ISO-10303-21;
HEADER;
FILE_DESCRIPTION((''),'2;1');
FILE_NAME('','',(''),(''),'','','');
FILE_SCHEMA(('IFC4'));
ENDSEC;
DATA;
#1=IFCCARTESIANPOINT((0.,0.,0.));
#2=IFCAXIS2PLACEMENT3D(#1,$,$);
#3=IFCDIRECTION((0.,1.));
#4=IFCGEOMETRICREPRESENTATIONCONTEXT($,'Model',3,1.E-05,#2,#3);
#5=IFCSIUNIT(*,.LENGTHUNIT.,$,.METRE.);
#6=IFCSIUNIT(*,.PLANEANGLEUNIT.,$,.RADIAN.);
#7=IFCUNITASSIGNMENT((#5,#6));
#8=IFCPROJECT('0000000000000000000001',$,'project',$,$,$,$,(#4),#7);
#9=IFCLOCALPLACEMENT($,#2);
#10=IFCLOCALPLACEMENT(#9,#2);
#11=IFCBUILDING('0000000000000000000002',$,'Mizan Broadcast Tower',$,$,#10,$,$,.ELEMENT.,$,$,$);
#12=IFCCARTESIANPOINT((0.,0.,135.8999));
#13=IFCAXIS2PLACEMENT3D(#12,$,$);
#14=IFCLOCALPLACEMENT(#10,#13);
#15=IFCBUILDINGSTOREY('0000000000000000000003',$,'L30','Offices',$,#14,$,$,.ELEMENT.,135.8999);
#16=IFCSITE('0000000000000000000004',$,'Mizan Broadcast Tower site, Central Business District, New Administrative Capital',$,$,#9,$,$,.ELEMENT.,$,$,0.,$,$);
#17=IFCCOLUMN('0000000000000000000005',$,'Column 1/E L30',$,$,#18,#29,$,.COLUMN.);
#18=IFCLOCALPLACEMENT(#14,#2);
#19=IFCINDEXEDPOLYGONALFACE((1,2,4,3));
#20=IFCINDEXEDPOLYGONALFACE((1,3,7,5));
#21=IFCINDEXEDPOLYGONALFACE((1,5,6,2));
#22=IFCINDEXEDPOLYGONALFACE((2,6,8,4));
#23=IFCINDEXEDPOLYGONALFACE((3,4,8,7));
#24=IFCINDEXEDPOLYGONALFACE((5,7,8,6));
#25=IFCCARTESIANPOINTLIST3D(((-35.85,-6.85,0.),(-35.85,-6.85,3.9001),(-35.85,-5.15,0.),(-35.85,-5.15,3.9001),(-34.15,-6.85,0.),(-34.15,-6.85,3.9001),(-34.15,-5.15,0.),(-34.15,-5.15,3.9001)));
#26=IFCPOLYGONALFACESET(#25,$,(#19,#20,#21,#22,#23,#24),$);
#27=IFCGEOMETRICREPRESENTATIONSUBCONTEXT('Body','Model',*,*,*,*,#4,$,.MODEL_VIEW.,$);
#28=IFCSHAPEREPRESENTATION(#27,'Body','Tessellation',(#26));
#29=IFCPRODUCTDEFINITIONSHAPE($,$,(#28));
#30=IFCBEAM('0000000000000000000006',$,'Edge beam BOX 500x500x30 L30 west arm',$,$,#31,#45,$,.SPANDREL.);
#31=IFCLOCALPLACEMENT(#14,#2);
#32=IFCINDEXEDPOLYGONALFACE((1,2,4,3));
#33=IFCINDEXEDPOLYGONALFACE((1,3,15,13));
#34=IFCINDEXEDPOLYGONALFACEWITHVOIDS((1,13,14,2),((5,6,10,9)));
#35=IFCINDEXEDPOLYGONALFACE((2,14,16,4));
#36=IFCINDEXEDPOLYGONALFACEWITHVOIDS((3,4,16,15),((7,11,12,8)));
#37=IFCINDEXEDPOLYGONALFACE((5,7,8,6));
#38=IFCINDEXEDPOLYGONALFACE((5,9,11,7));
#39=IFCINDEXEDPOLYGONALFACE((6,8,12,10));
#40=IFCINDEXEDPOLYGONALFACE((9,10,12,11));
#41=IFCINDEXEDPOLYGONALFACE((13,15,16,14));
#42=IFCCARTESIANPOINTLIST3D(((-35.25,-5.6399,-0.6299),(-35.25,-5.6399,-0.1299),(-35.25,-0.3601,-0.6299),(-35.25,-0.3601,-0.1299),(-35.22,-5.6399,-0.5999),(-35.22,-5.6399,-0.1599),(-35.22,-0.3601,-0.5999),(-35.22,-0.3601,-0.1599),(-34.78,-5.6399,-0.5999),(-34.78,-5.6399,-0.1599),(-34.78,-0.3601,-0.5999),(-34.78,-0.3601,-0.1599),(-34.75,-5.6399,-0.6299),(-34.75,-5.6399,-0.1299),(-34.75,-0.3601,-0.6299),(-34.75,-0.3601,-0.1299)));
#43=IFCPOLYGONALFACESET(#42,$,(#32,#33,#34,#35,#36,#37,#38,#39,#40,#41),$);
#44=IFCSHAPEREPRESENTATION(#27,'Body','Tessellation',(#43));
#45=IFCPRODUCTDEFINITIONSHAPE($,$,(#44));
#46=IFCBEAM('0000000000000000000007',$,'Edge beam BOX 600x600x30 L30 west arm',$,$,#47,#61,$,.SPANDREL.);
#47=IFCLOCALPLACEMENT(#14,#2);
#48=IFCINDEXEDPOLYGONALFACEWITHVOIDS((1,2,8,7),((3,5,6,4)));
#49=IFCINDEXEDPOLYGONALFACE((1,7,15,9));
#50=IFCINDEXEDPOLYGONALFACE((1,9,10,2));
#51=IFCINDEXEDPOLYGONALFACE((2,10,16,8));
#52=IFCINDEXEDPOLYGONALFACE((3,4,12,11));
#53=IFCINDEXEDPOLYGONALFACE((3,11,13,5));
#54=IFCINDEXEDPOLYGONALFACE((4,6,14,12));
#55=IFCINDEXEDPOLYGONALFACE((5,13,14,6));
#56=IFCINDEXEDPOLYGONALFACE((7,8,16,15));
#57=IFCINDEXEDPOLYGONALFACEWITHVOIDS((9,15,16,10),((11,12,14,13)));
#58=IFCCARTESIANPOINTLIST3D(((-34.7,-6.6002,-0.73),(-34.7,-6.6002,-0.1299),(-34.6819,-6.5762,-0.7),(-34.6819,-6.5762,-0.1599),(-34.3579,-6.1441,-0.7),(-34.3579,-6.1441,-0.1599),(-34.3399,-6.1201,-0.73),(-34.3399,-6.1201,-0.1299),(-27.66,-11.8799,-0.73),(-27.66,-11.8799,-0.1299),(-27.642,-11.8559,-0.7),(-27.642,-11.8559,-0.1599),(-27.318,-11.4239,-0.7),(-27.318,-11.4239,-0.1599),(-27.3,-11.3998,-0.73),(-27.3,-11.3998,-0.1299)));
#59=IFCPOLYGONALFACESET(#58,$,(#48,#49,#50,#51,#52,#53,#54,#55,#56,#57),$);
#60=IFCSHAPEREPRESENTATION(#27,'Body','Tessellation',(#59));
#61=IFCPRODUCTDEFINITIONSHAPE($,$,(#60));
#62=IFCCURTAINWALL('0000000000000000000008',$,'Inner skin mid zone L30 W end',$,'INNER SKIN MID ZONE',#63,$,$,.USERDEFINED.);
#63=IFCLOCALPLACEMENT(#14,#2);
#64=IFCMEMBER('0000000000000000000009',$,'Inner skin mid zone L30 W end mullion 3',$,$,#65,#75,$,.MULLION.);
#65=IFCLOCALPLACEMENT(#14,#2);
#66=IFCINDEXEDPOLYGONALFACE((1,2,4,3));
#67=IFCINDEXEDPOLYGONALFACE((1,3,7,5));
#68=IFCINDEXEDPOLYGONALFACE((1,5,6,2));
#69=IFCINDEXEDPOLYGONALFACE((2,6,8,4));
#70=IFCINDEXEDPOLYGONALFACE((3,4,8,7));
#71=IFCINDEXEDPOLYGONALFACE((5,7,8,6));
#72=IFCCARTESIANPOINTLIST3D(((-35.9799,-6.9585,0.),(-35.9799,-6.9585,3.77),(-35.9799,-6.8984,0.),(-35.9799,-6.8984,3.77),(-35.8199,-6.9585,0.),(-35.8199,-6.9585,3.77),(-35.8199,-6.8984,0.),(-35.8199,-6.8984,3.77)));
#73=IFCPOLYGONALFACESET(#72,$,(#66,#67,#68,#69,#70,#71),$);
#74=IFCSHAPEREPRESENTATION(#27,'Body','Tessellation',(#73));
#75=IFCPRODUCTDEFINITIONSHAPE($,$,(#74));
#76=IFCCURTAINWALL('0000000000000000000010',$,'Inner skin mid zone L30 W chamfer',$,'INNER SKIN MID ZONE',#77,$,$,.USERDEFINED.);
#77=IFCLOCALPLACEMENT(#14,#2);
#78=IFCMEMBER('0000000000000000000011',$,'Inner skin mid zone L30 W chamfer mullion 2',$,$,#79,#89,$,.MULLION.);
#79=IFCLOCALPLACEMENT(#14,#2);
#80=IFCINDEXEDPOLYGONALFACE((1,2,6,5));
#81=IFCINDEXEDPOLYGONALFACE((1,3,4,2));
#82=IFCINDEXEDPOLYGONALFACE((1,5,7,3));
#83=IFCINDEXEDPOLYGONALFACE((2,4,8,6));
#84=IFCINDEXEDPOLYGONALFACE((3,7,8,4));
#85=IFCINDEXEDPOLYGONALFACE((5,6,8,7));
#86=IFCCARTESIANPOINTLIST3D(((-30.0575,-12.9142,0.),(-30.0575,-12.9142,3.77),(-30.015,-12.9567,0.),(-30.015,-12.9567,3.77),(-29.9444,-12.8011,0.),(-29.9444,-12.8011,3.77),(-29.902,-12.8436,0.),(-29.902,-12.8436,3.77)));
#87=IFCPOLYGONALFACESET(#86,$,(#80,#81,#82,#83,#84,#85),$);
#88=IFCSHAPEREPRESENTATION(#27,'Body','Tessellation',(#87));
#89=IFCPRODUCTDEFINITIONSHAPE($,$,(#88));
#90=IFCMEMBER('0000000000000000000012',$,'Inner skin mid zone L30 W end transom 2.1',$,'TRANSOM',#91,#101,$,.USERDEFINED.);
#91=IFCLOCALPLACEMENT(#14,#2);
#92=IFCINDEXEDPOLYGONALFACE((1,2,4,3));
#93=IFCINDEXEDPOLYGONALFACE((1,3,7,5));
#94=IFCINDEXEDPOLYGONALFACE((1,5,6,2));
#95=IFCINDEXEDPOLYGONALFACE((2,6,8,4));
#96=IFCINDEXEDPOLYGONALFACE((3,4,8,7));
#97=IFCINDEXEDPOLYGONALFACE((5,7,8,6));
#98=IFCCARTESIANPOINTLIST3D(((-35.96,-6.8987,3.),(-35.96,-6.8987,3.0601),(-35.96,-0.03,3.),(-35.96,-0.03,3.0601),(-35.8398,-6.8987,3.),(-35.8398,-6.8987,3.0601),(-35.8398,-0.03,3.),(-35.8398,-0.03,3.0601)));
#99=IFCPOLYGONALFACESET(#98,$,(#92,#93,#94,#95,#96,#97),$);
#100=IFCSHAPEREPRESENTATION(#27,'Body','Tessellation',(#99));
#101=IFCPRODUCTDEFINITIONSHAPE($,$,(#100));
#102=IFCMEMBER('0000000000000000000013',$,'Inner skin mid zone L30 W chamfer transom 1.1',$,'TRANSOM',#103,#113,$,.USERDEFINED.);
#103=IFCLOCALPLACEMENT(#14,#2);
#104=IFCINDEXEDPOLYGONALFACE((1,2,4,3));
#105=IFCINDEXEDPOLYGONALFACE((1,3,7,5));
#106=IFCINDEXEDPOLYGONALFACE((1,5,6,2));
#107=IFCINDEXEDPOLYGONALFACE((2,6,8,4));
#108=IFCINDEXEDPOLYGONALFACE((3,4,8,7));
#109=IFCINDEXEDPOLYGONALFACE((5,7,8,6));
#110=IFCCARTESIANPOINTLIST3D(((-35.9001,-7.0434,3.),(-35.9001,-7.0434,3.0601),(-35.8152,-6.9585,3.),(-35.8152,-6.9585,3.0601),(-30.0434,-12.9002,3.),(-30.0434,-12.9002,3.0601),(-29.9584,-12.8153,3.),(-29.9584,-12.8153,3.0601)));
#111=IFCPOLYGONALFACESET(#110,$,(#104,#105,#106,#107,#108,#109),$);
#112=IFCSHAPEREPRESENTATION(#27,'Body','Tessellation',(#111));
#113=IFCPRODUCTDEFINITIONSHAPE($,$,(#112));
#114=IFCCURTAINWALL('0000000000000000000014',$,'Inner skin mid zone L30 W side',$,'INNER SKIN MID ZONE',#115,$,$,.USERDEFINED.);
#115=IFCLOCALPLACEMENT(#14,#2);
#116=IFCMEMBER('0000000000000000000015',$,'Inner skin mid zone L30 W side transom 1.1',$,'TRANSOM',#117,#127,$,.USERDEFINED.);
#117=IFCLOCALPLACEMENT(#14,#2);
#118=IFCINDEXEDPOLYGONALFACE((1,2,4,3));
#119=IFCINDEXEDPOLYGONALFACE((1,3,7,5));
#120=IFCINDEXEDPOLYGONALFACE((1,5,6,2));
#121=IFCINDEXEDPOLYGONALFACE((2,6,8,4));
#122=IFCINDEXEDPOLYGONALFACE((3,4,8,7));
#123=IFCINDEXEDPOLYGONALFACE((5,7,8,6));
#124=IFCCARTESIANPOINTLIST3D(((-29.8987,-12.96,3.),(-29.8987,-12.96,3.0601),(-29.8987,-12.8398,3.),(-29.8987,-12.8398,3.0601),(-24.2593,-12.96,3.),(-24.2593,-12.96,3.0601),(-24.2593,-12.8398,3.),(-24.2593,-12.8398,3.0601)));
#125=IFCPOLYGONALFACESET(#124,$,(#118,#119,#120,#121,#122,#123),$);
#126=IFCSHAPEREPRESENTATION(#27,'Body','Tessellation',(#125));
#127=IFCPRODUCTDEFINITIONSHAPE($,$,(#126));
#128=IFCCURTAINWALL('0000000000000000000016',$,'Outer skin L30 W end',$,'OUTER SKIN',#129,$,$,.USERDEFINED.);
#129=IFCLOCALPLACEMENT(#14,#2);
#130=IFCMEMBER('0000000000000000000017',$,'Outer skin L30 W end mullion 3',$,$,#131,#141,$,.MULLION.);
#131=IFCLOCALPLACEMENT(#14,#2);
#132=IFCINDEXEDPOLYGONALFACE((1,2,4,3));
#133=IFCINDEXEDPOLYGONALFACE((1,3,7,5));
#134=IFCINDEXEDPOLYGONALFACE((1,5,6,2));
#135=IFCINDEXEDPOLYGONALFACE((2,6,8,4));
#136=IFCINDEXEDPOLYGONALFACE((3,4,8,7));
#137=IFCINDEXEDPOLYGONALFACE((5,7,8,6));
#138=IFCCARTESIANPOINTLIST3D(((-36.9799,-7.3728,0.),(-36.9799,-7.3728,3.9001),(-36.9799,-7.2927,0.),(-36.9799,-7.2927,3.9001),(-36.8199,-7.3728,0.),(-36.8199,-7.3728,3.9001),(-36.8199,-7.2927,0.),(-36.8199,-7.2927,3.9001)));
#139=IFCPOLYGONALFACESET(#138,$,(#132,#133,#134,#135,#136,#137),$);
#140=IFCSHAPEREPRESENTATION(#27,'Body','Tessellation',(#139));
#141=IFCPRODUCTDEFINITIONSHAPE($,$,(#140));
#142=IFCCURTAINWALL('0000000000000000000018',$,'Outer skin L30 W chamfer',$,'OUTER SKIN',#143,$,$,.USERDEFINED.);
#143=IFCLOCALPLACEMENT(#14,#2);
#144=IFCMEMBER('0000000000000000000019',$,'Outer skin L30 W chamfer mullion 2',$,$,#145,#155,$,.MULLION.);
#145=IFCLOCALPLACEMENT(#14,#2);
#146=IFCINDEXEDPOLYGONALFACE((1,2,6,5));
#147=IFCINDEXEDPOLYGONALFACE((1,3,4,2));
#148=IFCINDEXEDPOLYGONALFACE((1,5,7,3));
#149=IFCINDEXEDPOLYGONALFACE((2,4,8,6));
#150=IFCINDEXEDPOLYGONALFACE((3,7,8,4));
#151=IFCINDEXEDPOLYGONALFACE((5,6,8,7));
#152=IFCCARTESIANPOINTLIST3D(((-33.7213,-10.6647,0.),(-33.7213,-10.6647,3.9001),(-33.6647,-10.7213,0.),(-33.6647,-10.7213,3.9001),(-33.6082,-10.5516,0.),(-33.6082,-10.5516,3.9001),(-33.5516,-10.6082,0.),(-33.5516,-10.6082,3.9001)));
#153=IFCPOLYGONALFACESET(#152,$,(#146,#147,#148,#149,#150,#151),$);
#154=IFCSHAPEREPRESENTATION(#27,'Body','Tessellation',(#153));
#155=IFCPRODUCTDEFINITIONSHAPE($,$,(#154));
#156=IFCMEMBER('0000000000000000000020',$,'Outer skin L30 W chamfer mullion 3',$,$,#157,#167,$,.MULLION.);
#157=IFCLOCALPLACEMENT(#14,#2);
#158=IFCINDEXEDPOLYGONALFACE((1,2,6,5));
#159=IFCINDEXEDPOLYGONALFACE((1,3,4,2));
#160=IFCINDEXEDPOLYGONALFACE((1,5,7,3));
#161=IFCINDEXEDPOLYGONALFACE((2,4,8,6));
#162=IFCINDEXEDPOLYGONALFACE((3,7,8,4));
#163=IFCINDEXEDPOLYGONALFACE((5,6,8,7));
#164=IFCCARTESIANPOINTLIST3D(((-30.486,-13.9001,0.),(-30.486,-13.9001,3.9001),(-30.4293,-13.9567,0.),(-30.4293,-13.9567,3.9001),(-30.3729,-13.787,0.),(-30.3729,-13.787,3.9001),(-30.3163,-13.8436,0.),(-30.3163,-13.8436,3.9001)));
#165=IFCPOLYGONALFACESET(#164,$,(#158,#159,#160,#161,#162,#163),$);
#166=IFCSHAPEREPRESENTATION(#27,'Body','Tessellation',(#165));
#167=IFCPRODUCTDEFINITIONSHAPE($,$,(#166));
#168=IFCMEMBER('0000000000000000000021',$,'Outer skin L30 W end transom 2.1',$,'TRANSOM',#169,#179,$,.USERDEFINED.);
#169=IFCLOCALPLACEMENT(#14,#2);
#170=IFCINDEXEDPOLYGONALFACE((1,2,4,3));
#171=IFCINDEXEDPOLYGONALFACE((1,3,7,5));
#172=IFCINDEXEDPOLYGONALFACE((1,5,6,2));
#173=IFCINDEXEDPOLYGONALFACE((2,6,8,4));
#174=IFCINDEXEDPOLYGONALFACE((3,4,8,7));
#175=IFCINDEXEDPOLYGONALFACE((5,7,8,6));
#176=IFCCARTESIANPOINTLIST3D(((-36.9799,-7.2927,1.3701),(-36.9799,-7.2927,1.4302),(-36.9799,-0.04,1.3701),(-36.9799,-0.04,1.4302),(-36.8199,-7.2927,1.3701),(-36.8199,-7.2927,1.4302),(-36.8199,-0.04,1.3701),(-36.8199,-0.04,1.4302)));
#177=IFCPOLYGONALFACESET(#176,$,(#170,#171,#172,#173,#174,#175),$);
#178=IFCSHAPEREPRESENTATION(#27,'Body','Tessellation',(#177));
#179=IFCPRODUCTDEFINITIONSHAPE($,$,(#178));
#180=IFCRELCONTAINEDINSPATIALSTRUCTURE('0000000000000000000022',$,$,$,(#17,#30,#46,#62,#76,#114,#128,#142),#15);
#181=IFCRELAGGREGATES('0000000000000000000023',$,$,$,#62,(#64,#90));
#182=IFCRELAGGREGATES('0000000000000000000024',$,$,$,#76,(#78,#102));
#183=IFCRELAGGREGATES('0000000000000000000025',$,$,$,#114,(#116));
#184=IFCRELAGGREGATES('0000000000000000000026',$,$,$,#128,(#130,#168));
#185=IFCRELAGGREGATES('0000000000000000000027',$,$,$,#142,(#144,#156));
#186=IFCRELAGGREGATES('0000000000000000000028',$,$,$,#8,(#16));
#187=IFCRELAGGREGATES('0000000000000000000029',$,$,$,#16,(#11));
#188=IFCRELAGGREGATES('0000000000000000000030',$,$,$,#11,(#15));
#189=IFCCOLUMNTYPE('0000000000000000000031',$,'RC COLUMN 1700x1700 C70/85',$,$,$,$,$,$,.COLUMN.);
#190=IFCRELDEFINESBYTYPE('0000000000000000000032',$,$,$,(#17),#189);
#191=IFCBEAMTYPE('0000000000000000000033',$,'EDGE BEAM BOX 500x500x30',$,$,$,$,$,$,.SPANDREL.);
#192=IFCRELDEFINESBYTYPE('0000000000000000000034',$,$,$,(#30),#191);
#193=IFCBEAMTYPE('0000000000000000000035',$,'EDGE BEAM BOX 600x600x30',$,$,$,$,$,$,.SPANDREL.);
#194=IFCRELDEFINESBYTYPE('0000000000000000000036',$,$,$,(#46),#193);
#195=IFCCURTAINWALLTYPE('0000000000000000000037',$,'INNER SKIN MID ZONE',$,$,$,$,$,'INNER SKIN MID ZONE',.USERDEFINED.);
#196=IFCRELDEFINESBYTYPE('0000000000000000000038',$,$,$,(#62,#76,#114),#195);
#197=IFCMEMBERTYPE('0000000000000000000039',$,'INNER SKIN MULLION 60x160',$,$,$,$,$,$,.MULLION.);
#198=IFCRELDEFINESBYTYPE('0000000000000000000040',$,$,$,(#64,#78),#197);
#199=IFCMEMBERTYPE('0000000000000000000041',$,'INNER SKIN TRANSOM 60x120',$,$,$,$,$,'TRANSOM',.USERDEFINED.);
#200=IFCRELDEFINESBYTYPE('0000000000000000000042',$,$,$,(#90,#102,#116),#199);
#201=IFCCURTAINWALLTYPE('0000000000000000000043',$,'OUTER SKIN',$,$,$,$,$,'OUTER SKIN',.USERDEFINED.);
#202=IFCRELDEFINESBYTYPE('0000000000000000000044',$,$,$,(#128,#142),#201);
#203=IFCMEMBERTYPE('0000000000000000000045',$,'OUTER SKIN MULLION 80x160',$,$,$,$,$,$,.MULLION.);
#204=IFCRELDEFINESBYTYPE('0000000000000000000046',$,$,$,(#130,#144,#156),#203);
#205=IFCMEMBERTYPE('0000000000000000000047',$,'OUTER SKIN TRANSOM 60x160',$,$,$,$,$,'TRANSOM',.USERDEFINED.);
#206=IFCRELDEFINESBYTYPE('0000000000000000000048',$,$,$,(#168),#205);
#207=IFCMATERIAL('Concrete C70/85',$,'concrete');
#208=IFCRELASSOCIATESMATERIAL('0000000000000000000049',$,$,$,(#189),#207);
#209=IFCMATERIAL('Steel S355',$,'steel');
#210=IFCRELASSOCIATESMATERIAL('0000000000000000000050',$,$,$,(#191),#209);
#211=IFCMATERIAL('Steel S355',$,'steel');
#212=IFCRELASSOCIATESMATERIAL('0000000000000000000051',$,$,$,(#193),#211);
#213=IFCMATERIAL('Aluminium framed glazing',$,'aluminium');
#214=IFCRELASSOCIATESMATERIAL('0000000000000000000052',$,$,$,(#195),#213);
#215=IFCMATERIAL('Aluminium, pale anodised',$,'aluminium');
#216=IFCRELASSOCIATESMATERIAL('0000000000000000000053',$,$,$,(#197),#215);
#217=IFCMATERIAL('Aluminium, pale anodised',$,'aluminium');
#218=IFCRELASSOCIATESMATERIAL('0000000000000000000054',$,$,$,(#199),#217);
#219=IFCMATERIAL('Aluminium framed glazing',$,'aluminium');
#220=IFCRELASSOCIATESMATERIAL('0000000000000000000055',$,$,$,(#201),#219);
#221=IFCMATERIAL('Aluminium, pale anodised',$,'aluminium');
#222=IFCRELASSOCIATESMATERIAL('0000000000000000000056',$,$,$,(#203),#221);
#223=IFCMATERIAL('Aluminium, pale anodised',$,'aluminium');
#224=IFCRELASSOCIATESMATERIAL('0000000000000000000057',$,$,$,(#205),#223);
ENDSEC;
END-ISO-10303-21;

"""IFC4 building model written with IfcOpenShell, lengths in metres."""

from ifc_helpers import new_model, si_unit, direction, frame, origin, origin_2d, place, context, subcontext, project, spatial, rectangle, hollow_rectangle, extrude, material, material_profile, profile_set, type_object, element, aggregate, save


model = new_model("IFC4")

# Units and contexts
model_context = context("Model", 3, precision=1e-05, world=origin(), true_north=direction((0.0, 1.0)))
body_context = subcontext(model_context, "Body", "Model", "MODEL_VIEW")
ifc_project = project(units=[si_unit("LENGTHUNIT", "METRE"), si_unit("PLANEANGLEUNIT", "RADIAN")], contexts=[model_context])

# Site, building, storey
site_placement = place(None, origin())
site = spatial("IfcSite", under=ifc_project, at=site_placement, Name="Mizan Broadcast Tower site, Central Business District, New Administrative Capital", CompositionType="ELEMENT", RefElevation=0.0)
building_placement = place(site_placement, origin())
building = spatial("IfcBuilding", under=site, at=building_placement, Name="Mizan Broadcast Tower", CompositionType="ELEMENT")
storey_placement = place(building_placement, frame((0.0, 0.0, 135.8999)))
storey = spatial("IfcBuildingStorey", under=building, at=storey_placement, Name="L30", Description="Offices", CompositionType="ELEMENT", Elevation=135.8999)

# Column
ifc_material_1 = material(Name="Concrete C70/85", Category="concrete")
ifc_material_profile_1 = material_profile(ifc_material_1, rectangle(XDim=1.7, YDim=1.7, at=origin_2d()), Name="RC 1700x1700")
ifc_profile_set_1 = profile_set([ifc_material_profile_1], Name="Concrete C70/85")
column_type = type_object("IfcColumnType", Name="RC COLUMN 1700x1700 C70/85", PredefinedType="COLUMN", material=ifc_profile_set_1)
column_placement = place(storey_placement, frame((-35.0, -6.0, 0.0), z_axis=(0.0, 0.0, 1.0), x_axis=(1.0, 0.0, 0.0)))
element("IfcColumn", 1, at=column_placement, inside=storey, type_object=column_type, Name="Column 1/E L30", PredefinedType="COLUMN", context=body_context, shape_type="SweptSolid", body=[
    extrude(rectangle(XDim=1.7, YDim=1.7, at=origin_2d()), origin(), (0.0, 0.0, 1.0), 3.9001),
])

# Beams
ifc_material_2 = material(Name="Steel S355", Category="steel")
ifc_material_profile_2 = material_profile(ifc_material_2, hollow_rectangle(XDim=0.5, YDim=0.5, WallThickness=0.03, at=origin_2d()), Name="BOX 500x500x30")
ifc_profile_set_2 = profile_set([ifc_material_profile_2], Name="Steel S355")
beam_type_1 = type_object("IfcBeamType", Name="EDGE BEAM BOX 500x500x30", PredefinedType="SPANDREL", material=ifc_profile_set_2)
beam_1_placement = place(storey_placement, frame((-35.0, -5.6399, -0.3799), z_axis=(0.0, 1.0, 0.0), x_axis=(-1.0, 0.0, 0.0)))
element("IfcBeam", 2, at=beam_1_placement, inside=storey, type_object=beam_type_1, Name="Edge beam BOX 500x500x30 L30 west arm", PredefinedType="SPANDREL", context=body_context, shape_type="SweptSolid", body=[
    extrude(hollow_rectangle(XDim=0.5, YDim=0.5, WallThickness=0.03, at=origin_2d()), origin(), (0.0, 0.0, 1.0), 5.2798),
])
ifc_material_3 = material(Name="Steel S355", Category="steel")
ifc_material_profile_3 = material_profile(ifc_material_3, hollow_rectangle(XDim=0.6001, YDim=0.6001, WallThickness=0.03, at=origin_2d()), Name="BOX 600x600x30")
ifc_profile_set_3 = profile_set([ifc_material_profile_3], Name="Steel S355")
beam_type_2 = type_object("IfcBeamType", Name="EDGE BEAM BOX 600x600x30", PredefinedType="SPANDREL", material=ifc_profile_set_3)
beam_2_placement = place(storey_placement, frame((-27.48, -11.6399, -0.4299), z_axis=(-0.800013, 0.599982, 0.0), x_axis=(-0.599982, -0.800013, 0.0)))
element("IfcBeam", 3, at=beam_2_placement, inside=storey, type_object=beam_type_2, Name="Edge beam BOX 600x600x30 L30 west arm", PredefinedType="SPANDREL", context=body_context, shape_type="SweptSolid", body=[
    extrude(hollow_rectangle(XDim=0.6001, YDim=0.6001, WallThickness=0.03, at=origin_2d()), origin(), (0.0, 0.0, 1.0), 8.7998),
])

# Curtain walls, members
ifc_material_4 = material(Name="Aluminium framed glazing", Category="aluminium")
curtain_wall_type_1 = type_object("IfcCurtainWallType", Name="INNER SKIN MID ZONE", ElementType="INNER SKIN MID ZONE", PredefinedType="USERDEFINED", material=ifc_material_4)
curtain_wall_1_placement = place(storey_placement, origin())
curtain_wall_1 = element("IfcCurtainWall", 4, at=curtain_wall_1_placement, inside=storey, type_object=curtain_wall_type_1, Name="Inner skin mid zone L30 W end", ObjectType="INNER SKIN MID ZONE", PredefinedType="USERDEFINED")
ifc_material_5 = material(Name="Aluminium, pale anodised", Category="aluminium")
ifc_material_profile_4 = material_profile(ifc_material_5, rectangle(XDim=0.1599, YDim=0.0601, at=origin_2d()), Name="MULLION 160x60")
ifc_profile_set_4 = profile_set([ifc_material_profile_4], Name="Aluminium, pale anodised")
member_type_1 = type_object("IfcMemberType", Name="INNER SKIN MULLION 60x160", PredefinedType="MULLION", material=ifc_profile_set_4)
member_1_placement = place(storey_placement, frame((-35.8999, -6.9285, 0.0), z_axis=(0.0, 0.0, 1.0), x_axis=(1.0, 0.0, 0.0)))
member_1 = element("IfcMember", 5, at=member_1_placement, type_object=member_type_1, Name="Inner skin mid zone L30 W end mullion 3", PredefinedType="MULLION", context=body_context, shape_type="SweptSolid", body=[
    extrude(rectangle(XDim=0.1599, YDim=0.0601, at=origin_2d()), origin(), (0.0, 0.0, 1.0), 3.77),
])
curtain_wall_2_placement = place(storey_placement, origin())
curtain_wall_2 = element("IfcCurtainWall", 6, at=curtain_wall_2_placement, inside=storey, type_object=curtain_wall_type_1, Name="Inner skin mid zone L30 W chamfer", ObjectType="INNER SKIN MID ZONE", PredefinedType="USERDEFINED")
member_2_placement = place(storey_placement, frame((-29.9797, -12.8789, 0.0), z_axis=(0.0, 0.0, 1.0), x_axis=(0.707107, 0.707107, 0.0)))
member_2 = element("IfcMember", 7, at=member_2_placement, type_object=member_type_1, Name="Inner skin mid zone L30 W chamfer mullion 2", PredefinedType="MULLION", context=body_context, shape_type="SweptSolid", body=[
    extrude(rectangle(XDim=0.1599, YDim=0.0601, at=origin_2d()), origin(), (0.0, 0.0, 1.0), 3.77),
])

# Members
ifc_material_6 = material(Name="Aluminium, pale anodised", Category="aluminium")
ifc_material_profile_5 = material_profile(ifc_material_6, rectangle(XDim=0.1201, YDim=0.0601, at=origin_2d()), Name="TRANSOM 120x60")
ifc_profile_set_5 = profile_set([ifc_material_profile_5], Name="Aluminium, pale anodised")
member_type_2 = type_object("IfcMemberType", Name="INNER SKIN TRANSOM 60x120", ElementType="TRANSOM", PredefinedType="USERDEFINED", material=ifc_profile_set_5)
member_3_placement = place(storey_placement, frame((-35.8999, -0.03, 3.03), z_axis=(0.0, -1.0, 0.0), x_axis=(1.0, 0.0, 0.0)))
member_3 = element("IfcMember", 8, at=member_3_placement, type_object=member_type_2, Name="Inner skin mid zone L30 W end transom 2.1", ObjectType="TRANSOM", PredefinedType="USERDEFINED", context=body_context, shape_type="SweptSolid", body=[
    extrude(rectangle(XDim=0.1201, YDim=0.0601, at=origin_2d()), origin(), (0.0, 0.0, 1.0), 6.8687),
])
member_4_placement = place(storey_placement, frame((-35.8577, -7.001, 3.03), z_axis=(0.707107, -0.707107, 0.0), x_axis=(0.707107, 0.707107, 0.0)))
member_4 = element("IfcMember", 9, at=member_4_placement, type_object=member_type_2, Name="Inner skin mid zone L30 W chamfer transom 1.1", ObjectType="TRANSOM", PredefinedType="USERDEFINED", context=body_context, shape_type="SweptSolid", body=[
    extrude(rectangle(XDim=0.1201, YDim=0.0601, at=origin_2d()), origin(), (0.0, 0.0, 1.0), 8.2827),
])

# Curtain walls, members
curtain_wall_3_placement = place(storey_placement, origin())
curtain_wall_3 = element("IfcCurtainWall", 10, at=curtain_wall_3_placement, inside=storey, type_object=curtain_wall_type_1, Name="Inner skin mid zone L30 W side", ObjectType="INNER SKIN MID ZONE", PredefinedType="USERDEFINED")
member_5_placement = place(storey_placement, frame((-29.8987, -12.8999, 3.03), z_axis=(1.0, 0.0, 0.0), x_axis=(0.0, 1.0, 0.0)))
member_5 = element("IfcMember", 11, at=member_5_placement, type_object=member_type_2, Name="Inner skin mid zone L30 W side transom 1.1", ObjectType="TRANSOM", PredefinedType="USERDEFINED", context=body_context, shape_type="SweptSolid", body=[
    extrude(rectangle(XDim=0.1201, YDim=0.0601, at=origin_2d()), origin(), (0.0, 0.0, 1.0), 5.6394),
])
ifc_material_7 = material(Name="Aluminium framed glazing", Category="aluminium")
curtain_wall_type_2 = type_object("IfcCurtainWallType", Name="OUTER SKIN", ElementType="OUTER SKIN", PredefinedType="USERDEFINED", material=ifc_material_7)
curtain_wall_4_placement = place(storey_placement, origin())
curtain_wall_4 = element("IfcCurtainWall", 12, at=curtain_wall_4_placement, inside=storey, type_object=curtain_wall_type_2, Name="Outer skin L30 W end", ObjectType="OUTER SKIN", PredefinedType="USERDEFINED")
ifc_material_8 = material(Name="Aluminium, pale anodised", Category="aluminium")
ifc_material_profile_6 = material_profile(ifc_material_8, rectangle(XDim=0.1599, YDim=0.0801, at=origin_2d()), Name="MULLION 160x80")
ifc_profile_set_6 = profile_set([ifc_material_profile_6], Name="Aluminium, pale anodised")
member_type_3 = type_object("IfcMemberType", Name="OUTER SKIN MULLION 80x160", PredefinedType="MULLION", material=ifc_profile_set_6)
member_6_placement = place(storey_placement, frame((-36.8999, -7.3328, 0.0), z_axis=(0.0, 0.0, 1.0), x_axis=(1.0, 0.0, 0.0)))
member_6 = element("IfcMember", 13, at=member_6_placement, type_object=member_type_3, Name="Outer skin L30 W end mullion 3", PredefinedType="MULLION", context=body_context, shape_type="SweptSolid", body=[
    extrude(rectangle(XDim=0.1599, YDim=0.0801, at=origin_2d()), origin(), (0.0, 0.0, 1.0), 3.9001),
])

# Curtain wall, members
curtain_wall_5_placement = place(storey_placement, origin())
curtain_wall_5 = element("IfcCurtainWall", 14, at=curtain_wall_5_placement, inside=storey, type_object=curtain_wall_type_2, Name="Outer skin L30 W chamfer", ObjectType="OUTER SKIN", PredefinedType="USERDEFINED")
member_7_placement = place(storey_placement, frame((-33.6365, -10.6365, 0.0), z_axis=(0.0, 0.0, 1.0), x_axis=(0.707107, 0.707107, 0.0)))
member_7 = element("IfcMember", 15, at=member_7_placement, type_object=member_type_3, Name="Outer skin L30 W chamfer mullion 2", PredefinedType="MULLION", context=body_context, shape_type="SweptSolid", body=[
    extrude(rectangle(XDim=0.1599, YDim=0.0801, at=origin_2d()), origin(), (0.0, 0.0, 1.0), 3.9001),
])
member_8_placement = place(storey_placement, frame((-30.4011, -13.8718, 0.0), z_axis=(0.0, 0.0, 1.0), x_axis=(0.707107, 0.707107, 0.0)))
member_8 = element("IfcMember", 16, at=member_8_placement, type_object=member_type_3, Name="Outer skin L30 W chamfer mullion 3", PredefinedType="MULLION", context=body_context, shape_type="SweptSolid", body=[
    extrude(rectangle(XDim=0.1599, YDim=0.0801, at=origin_2d()), origin(), (0.0, 0.0, 1.0), 3.9001),
])

# Member
ifc_material_9 = material(Name="Aluminium, pale anodised", Category="aluminium")
ifc_material_profile_7 = material_profile(ifc_material_9, rectangle(XDim=0.1599, YDim=0.0601, at=origin_2d()), Name="TRANSOM 160x60")
ifc_profile_set_7 = profile_set([ifc_material_profile_7], Name="Aluminium, pale anodised")
member_type_4 = type_object("IfcMemberType", Name="OUTER SKIN TRANSOM 60x160", ElementType="TRANSOM", PredefinedType="USERDEFINED", material=ifc_profile_set_7)
member_9_placement = place(storey_placement, frame((-36.8999, -0.04, 1.4001), z_axis=(0.0, -1.0, 0.0), x_axis=(1.0, 0.0, 0.0)))
member_9 = element("IfcMember", 17, at=member_9_placement, type_object=member_type_4, Name="Outer skin L30 W end transom 2.1", ObjectType="TRANSOM", PredefinedType="USERDEFINED", context=body_context, shape_type="SweptSolid", body=[
    extrude(rectangle(XDim=0.1599, YDim=0.0601, at=origin_2d()), origin(), (0.0, 0.0, 1.0), 7.2527),
])

aggregate(curtain_wall_1, [member_1, member_3])
aggregate(curtain_wall_2, [member_2, member_4])
aggregate(curtain_wall_3, [member_5])
aggregate(curtain_wall_4, [member_6, member_9])
aggregate(curtain_wall_5, [member_7, member_8])

save(model, "model.ifc")
